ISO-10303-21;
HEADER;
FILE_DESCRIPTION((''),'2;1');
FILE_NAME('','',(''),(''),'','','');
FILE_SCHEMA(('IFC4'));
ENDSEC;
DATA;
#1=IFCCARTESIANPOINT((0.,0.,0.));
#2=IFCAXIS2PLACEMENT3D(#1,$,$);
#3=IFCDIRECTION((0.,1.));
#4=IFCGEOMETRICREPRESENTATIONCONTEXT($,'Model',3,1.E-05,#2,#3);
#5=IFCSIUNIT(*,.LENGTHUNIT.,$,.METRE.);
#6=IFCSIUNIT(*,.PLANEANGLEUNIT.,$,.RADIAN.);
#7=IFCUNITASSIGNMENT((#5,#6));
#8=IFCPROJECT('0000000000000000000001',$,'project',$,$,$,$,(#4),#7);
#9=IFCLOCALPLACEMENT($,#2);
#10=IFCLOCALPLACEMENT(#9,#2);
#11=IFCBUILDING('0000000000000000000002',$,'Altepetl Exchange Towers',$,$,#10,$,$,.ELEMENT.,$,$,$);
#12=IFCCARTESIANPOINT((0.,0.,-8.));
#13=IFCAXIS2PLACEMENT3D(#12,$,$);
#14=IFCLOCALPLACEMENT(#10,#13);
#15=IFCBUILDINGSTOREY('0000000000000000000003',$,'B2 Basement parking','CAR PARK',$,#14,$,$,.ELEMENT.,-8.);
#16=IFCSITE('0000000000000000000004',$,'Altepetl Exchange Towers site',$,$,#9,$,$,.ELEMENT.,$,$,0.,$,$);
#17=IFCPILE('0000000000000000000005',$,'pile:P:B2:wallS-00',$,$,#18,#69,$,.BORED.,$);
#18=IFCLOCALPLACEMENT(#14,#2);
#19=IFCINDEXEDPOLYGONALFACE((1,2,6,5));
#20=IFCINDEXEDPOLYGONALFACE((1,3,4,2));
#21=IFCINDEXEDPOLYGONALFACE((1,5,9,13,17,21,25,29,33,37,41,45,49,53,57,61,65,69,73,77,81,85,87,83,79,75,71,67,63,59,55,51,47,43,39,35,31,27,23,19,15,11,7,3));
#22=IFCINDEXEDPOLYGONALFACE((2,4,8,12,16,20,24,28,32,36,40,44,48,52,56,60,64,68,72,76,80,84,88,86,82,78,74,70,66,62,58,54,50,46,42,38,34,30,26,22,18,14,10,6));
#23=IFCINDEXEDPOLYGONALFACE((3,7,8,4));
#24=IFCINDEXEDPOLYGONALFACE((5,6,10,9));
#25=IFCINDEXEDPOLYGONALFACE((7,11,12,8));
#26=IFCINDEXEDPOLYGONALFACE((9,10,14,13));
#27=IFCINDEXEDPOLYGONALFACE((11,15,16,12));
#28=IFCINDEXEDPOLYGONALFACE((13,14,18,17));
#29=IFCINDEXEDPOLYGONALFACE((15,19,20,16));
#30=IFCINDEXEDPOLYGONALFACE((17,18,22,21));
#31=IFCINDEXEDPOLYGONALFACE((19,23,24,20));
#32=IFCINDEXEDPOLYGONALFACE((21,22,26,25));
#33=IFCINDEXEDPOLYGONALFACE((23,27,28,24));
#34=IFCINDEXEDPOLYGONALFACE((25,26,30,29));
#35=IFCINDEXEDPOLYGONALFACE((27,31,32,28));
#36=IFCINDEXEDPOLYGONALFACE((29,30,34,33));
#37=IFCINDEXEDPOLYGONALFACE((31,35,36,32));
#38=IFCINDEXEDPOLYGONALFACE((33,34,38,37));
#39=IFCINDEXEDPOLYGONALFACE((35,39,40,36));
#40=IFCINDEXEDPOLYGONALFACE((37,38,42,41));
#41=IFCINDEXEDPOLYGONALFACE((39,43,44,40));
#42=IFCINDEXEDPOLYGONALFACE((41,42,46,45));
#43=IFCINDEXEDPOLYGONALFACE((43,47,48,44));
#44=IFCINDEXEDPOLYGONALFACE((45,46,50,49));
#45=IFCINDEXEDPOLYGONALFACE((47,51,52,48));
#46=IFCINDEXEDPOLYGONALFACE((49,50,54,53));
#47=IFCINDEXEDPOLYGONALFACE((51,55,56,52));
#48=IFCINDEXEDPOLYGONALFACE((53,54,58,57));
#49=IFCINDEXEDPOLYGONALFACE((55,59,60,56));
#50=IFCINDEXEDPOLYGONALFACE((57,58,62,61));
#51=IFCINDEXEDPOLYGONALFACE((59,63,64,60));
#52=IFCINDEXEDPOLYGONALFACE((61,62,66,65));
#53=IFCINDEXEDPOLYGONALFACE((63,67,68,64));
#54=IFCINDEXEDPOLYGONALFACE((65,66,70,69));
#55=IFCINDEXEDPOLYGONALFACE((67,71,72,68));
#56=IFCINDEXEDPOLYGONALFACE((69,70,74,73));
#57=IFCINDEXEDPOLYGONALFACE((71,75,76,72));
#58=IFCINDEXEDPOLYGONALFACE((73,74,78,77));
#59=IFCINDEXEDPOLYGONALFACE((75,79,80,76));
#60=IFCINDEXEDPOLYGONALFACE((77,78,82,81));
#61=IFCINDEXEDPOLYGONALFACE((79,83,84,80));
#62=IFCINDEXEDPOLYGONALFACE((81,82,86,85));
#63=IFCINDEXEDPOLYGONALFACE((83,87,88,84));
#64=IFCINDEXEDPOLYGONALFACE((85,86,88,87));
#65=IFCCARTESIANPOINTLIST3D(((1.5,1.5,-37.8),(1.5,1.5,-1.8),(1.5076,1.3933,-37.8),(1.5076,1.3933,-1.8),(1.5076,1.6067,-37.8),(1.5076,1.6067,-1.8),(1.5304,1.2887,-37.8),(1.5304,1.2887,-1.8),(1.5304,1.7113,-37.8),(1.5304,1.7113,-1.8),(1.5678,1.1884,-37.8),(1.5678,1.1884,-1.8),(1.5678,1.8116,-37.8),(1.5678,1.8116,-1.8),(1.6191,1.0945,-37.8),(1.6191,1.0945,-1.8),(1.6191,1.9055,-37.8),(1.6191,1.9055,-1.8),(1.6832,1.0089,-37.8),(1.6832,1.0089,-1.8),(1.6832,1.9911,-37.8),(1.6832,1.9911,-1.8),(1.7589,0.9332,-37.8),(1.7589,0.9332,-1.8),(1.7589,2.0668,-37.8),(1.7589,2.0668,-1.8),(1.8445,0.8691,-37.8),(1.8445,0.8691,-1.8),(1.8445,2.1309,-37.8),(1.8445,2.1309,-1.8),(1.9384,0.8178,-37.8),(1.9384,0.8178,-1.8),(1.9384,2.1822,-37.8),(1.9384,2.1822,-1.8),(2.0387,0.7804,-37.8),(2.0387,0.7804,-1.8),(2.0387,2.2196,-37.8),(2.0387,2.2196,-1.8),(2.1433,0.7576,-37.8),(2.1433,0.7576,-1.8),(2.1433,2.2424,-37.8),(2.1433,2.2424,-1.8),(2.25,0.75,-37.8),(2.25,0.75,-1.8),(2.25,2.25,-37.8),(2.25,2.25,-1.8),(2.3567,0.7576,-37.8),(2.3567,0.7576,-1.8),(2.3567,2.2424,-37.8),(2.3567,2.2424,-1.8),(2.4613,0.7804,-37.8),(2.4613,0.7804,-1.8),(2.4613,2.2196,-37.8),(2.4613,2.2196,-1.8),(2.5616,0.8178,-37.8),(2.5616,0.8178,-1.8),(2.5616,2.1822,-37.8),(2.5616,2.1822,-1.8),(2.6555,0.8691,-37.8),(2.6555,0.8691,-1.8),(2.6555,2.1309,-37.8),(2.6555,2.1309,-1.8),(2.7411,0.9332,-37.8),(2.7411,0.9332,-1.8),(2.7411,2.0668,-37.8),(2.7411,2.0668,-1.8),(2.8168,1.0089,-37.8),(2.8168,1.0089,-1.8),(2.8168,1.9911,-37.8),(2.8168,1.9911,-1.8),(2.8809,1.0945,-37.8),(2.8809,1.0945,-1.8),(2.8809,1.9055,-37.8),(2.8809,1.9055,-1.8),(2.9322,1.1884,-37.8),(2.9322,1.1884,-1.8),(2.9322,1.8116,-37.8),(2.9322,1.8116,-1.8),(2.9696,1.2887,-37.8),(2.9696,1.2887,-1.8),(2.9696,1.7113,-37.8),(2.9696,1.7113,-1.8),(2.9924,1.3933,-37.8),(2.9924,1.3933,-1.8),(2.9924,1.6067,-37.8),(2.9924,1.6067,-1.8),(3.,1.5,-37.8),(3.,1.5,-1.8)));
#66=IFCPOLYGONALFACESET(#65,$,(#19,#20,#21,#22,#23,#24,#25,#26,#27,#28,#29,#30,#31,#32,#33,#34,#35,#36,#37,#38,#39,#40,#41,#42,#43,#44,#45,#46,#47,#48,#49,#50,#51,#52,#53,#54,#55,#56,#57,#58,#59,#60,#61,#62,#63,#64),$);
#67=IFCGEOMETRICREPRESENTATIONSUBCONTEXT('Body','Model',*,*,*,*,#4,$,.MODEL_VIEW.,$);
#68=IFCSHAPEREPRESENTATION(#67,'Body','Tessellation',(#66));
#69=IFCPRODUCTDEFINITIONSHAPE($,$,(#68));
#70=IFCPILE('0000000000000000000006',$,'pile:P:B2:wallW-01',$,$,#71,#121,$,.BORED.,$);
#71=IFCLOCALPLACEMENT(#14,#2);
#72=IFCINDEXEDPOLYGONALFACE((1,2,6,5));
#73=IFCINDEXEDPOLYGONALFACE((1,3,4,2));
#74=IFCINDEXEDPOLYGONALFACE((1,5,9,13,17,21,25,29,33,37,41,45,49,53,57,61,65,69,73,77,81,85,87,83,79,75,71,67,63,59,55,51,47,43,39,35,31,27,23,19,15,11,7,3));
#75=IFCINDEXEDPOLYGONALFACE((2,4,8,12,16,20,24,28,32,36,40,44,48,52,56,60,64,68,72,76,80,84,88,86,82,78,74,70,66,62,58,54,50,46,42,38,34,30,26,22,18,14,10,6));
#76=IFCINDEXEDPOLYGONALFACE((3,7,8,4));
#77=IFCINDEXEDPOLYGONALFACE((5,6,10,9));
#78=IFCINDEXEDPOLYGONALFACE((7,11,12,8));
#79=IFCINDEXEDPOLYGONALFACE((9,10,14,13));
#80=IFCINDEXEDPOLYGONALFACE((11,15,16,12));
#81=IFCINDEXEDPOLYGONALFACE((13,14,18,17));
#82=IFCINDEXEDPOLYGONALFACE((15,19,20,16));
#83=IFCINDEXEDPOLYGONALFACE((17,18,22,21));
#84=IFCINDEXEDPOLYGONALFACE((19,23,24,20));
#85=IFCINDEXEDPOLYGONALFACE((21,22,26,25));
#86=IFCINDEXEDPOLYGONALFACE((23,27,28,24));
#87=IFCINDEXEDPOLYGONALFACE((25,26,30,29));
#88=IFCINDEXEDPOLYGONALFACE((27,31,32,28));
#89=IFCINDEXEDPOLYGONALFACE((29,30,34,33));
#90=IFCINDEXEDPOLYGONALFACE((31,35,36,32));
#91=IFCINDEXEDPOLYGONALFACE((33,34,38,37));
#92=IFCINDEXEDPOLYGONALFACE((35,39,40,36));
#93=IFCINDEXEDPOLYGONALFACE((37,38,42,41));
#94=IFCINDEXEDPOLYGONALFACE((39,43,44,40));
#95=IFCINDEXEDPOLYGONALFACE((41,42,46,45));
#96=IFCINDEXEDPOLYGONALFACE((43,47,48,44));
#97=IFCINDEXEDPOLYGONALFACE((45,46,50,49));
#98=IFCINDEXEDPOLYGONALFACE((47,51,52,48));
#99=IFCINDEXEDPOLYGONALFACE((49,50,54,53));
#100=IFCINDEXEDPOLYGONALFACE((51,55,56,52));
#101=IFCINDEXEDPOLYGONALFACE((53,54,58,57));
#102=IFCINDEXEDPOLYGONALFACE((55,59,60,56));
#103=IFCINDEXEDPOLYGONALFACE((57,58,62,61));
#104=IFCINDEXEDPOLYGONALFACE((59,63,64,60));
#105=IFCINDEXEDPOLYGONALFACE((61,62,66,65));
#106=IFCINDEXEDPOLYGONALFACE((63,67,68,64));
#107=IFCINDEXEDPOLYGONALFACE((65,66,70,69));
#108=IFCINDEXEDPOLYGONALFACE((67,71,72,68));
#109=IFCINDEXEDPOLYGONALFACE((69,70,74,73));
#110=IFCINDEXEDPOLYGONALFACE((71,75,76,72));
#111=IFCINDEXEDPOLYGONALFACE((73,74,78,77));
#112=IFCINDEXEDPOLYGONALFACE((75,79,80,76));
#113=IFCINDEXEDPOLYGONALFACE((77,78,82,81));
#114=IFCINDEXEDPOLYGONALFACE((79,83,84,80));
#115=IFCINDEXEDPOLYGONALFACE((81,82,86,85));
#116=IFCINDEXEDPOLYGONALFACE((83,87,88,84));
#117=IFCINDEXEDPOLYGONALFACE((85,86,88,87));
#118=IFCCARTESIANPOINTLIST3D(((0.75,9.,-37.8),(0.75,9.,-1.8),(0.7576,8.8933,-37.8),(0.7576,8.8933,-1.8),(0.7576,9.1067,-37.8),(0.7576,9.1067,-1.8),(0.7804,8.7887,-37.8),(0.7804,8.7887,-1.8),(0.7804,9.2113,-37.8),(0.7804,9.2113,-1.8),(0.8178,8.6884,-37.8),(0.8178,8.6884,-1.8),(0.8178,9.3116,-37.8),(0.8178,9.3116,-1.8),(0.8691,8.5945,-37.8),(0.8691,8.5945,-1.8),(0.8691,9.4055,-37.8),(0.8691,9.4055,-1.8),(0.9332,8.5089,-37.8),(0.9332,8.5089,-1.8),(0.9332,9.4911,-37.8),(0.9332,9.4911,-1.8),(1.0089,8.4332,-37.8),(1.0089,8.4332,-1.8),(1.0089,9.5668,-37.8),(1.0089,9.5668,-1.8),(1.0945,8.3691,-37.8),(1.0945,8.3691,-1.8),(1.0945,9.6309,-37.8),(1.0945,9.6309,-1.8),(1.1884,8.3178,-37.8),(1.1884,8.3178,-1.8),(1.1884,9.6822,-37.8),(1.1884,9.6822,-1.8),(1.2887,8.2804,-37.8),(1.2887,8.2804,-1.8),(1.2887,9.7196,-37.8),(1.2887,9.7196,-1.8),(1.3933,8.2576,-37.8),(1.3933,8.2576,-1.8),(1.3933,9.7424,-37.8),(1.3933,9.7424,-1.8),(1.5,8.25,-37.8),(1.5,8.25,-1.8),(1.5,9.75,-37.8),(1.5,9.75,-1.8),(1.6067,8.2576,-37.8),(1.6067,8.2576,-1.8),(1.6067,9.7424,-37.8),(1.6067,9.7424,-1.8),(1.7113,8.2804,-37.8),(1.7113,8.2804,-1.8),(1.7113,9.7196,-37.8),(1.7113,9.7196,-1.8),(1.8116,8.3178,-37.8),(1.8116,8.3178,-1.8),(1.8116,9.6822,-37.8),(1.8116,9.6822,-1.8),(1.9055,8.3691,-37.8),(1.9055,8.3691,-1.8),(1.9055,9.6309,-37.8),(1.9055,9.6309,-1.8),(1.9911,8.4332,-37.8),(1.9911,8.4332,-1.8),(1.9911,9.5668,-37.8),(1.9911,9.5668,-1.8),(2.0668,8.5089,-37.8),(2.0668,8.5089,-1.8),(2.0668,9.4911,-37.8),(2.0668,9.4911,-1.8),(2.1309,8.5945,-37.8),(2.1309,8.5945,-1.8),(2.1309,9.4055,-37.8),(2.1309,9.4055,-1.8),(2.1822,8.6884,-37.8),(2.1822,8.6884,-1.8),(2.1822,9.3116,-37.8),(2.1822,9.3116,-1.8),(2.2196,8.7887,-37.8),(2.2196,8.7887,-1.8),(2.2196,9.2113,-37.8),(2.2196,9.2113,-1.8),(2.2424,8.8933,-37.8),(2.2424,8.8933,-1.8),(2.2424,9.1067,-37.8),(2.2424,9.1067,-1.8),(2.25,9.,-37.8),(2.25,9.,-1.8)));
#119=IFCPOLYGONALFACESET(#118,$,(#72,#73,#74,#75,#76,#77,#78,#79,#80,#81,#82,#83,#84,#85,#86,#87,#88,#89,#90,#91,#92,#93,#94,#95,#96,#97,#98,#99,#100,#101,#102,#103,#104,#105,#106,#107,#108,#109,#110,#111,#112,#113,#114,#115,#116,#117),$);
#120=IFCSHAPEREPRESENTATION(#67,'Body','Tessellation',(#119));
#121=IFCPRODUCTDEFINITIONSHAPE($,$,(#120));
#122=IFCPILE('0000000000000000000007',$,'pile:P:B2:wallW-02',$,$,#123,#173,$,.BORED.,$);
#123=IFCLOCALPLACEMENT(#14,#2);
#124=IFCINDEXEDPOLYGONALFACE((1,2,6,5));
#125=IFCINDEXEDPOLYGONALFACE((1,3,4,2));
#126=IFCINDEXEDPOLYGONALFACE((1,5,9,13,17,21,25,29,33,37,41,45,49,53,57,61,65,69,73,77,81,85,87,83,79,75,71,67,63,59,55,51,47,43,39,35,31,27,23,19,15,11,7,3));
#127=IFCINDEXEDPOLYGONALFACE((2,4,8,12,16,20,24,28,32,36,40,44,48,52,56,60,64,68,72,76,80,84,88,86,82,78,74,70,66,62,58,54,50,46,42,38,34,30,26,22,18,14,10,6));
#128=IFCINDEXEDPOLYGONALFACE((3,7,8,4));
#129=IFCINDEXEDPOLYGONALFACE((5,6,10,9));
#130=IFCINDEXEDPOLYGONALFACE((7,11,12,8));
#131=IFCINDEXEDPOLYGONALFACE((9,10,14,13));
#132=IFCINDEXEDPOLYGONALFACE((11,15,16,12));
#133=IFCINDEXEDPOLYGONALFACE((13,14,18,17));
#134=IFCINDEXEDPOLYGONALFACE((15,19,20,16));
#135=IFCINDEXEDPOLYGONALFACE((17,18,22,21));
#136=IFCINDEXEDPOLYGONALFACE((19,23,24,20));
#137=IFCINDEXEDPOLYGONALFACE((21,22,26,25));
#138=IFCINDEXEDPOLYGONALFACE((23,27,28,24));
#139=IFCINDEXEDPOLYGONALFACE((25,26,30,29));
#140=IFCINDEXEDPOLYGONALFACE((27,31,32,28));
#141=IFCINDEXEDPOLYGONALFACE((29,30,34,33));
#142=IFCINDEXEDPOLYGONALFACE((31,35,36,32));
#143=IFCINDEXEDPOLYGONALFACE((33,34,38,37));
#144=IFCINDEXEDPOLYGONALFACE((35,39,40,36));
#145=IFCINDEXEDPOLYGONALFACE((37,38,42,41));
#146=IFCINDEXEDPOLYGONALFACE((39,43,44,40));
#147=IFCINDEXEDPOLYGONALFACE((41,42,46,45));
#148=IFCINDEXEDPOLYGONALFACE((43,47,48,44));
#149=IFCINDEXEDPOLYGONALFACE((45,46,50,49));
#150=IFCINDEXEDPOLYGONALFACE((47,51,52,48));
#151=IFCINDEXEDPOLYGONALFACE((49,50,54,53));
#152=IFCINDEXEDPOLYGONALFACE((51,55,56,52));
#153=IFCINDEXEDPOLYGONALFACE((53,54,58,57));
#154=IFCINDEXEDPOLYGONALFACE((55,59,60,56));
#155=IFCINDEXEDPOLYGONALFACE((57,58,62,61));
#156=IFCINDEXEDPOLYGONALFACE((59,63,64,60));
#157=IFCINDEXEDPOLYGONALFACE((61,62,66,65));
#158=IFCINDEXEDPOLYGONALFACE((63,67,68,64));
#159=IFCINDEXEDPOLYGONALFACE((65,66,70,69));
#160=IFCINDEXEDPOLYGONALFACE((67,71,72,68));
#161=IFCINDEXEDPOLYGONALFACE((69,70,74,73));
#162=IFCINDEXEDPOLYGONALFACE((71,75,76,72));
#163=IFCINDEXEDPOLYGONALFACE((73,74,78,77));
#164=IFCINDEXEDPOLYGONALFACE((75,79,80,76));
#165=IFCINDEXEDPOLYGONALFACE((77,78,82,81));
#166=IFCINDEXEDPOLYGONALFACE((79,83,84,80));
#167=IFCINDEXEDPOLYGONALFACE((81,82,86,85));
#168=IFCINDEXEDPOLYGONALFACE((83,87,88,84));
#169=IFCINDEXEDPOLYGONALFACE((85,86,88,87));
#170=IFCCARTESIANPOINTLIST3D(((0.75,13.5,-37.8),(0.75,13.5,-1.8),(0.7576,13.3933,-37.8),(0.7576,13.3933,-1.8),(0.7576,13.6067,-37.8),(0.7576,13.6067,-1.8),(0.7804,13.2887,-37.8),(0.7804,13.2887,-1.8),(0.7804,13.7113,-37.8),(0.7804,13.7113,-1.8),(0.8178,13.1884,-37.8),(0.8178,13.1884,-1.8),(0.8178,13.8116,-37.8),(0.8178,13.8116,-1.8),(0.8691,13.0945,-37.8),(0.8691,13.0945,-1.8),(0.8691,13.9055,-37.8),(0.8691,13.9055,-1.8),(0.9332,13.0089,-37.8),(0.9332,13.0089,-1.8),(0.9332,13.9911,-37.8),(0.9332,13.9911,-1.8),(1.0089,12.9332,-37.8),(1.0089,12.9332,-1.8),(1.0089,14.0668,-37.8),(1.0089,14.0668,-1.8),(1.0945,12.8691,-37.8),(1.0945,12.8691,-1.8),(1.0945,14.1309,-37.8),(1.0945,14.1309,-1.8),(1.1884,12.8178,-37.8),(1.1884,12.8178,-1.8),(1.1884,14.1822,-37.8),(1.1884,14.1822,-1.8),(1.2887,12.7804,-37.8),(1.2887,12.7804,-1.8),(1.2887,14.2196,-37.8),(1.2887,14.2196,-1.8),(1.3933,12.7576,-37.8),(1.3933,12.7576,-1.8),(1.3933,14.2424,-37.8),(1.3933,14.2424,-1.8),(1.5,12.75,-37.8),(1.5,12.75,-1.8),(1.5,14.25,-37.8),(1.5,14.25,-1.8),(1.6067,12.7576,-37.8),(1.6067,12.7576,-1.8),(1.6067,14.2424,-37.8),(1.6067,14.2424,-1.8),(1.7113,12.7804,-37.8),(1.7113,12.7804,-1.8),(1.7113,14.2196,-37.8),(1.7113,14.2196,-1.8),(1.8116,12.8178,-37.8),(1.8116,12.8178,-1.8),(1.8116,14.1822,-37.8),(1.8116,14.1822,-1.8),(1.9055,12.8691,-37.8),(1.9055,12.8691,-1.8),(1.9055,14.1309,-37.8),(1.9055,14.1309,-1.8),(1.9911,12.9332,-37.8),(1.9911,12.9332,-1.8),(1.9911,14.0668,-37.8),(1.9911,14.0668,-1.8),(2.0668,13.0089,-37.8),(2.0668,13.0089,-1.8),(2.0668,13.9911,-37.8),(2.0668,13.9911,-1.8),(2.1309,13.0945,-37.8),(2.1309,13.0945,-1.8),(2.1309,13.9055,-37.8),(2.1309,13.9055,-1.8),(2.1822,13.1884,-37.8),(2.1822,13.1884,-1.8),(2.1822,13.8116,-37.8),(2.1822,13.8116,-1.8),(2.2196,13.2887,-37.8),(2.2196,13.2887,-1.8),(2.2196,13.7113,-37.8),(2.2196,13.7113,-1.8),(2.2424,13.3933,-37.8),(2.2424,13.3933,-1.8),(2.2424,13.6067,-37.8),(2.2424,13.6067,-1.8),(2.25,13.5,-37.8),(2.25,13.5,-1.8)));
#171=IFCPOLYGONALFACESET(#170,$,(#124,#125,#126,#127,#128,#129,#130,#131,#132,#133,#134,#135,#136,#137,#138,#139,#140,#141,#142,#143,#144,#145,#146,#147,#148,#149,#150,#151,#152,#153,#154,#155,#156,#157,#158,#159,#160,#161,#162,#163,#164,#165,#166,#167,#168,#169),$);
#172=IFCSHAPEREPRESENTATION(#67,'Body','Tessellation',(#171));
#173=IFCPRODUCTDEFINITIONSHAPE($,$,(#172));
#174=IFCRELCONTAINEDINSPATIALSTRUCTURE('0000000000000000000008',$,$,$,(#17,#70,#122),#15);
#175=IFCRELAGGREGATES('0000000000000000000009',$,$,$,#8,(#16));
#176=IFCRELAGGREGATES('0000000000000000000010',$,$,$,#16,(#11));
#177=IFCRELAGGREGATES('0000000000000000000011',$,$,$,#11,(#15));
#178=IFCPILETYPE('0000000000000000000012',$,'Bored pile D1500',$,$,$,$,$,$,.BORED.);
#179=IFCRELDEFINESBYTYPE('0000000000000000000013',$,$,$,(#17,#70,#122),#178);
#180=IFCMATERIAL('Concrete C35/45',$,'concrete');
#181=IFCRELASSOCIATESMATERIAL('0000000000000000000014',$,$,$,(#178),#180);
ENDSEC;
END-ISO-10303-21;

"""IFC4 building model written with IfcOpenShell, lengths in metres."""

from ifc_helpers import new_model, si_unit, direction, frame, origin, origin_2d, place, context, subcontext, project, spatial, circle, extrude, material, material_profile, profile_set, type_object, element, save


model = new_model("IFC4")

# Units and contexts
model_context = context("Model", 3, precision=1e-05, world=origin(), true_north=direction((0.0, 1.0)))
body_context = subcontext(model_context, "Body", "Model", "MODEL_VIEW")
ifc_project = project(units=[si_unit("LENGTHUNIT", "METRE"), si_unit("PLANEANGLEUNIT", "RADIAN")], contexts=[model_context])

# Site, building, storey
site_placement = place(None, origin())
site = spatial("IfcSite", under=ifc_project, at=site_placement, Name="Altepetl Exchange Towers site", CompositionType="ELEMENT", RefElevation=0.0)
building_placement = place(site_placement, origin())
building = spatial("IfcBuilding", under=site, at=building_placement, Name="Altepetl Exchange Towers", CompositionType="ELEMENT")
storey_placement = place(building_placement, frame((0.0, 0.0, -8.0)))
storey = spatial("IfcBuildingStorey", under=building, at=storey_placement, Name="B2 Basement parking", Description="CAR PARK", CompositionType="ELEMENT", Elevation=-8.0)

# Piles
ifc_material_1 = material(Name="Concrete C35/45", Category="concrete")
ifc_material_profile = material_profile(ifc_material_1, circle(Radius=0.75, at=origin_2d()), Name="D1500")
ifc_profile_set = profile_set([ifc_material_profile], Name="Concrete C35/45")
pile_type = type_object("IfcPileType", Name="Bored pile D1500", PredefinedType="BORED", material=ifc_profile_set)
for number, where, z_axis, x_axis, name in (
    (1, (2.25, 1.5, -1.8), (0.0, 0.0, -1.0), (1.0, 0.0, 0.0), "pile:P:B2:wallS-00"),
    (2, (1.5, 9.0, -1.8), (0.0, 0.0, -1.0), (1.0, 0.0, 0.0), "pile:P:B2:wallW-01"),
    (3, (1.5, 13.5, -1.8), (0.0, 0.0, -1.0), (1.0, 0.0, 0.0), "pile:P:B2:wallW-02"),
):
    element("IfcPile", number, at=place(storey_placement, frame(where, z_axis=z_axis, x_axis=x_axis)), inside=storey, type_object=pile_type, Name=name, PredefinedType="BORED", context=body_context, shape_type="SweptSolid", body=[
        extrude(circle(Radius=0.75, at=origin_2d()), origin(), (0.0, 0.0, 1.0), 36.0),
    ])

save(model, "model.ifc")
